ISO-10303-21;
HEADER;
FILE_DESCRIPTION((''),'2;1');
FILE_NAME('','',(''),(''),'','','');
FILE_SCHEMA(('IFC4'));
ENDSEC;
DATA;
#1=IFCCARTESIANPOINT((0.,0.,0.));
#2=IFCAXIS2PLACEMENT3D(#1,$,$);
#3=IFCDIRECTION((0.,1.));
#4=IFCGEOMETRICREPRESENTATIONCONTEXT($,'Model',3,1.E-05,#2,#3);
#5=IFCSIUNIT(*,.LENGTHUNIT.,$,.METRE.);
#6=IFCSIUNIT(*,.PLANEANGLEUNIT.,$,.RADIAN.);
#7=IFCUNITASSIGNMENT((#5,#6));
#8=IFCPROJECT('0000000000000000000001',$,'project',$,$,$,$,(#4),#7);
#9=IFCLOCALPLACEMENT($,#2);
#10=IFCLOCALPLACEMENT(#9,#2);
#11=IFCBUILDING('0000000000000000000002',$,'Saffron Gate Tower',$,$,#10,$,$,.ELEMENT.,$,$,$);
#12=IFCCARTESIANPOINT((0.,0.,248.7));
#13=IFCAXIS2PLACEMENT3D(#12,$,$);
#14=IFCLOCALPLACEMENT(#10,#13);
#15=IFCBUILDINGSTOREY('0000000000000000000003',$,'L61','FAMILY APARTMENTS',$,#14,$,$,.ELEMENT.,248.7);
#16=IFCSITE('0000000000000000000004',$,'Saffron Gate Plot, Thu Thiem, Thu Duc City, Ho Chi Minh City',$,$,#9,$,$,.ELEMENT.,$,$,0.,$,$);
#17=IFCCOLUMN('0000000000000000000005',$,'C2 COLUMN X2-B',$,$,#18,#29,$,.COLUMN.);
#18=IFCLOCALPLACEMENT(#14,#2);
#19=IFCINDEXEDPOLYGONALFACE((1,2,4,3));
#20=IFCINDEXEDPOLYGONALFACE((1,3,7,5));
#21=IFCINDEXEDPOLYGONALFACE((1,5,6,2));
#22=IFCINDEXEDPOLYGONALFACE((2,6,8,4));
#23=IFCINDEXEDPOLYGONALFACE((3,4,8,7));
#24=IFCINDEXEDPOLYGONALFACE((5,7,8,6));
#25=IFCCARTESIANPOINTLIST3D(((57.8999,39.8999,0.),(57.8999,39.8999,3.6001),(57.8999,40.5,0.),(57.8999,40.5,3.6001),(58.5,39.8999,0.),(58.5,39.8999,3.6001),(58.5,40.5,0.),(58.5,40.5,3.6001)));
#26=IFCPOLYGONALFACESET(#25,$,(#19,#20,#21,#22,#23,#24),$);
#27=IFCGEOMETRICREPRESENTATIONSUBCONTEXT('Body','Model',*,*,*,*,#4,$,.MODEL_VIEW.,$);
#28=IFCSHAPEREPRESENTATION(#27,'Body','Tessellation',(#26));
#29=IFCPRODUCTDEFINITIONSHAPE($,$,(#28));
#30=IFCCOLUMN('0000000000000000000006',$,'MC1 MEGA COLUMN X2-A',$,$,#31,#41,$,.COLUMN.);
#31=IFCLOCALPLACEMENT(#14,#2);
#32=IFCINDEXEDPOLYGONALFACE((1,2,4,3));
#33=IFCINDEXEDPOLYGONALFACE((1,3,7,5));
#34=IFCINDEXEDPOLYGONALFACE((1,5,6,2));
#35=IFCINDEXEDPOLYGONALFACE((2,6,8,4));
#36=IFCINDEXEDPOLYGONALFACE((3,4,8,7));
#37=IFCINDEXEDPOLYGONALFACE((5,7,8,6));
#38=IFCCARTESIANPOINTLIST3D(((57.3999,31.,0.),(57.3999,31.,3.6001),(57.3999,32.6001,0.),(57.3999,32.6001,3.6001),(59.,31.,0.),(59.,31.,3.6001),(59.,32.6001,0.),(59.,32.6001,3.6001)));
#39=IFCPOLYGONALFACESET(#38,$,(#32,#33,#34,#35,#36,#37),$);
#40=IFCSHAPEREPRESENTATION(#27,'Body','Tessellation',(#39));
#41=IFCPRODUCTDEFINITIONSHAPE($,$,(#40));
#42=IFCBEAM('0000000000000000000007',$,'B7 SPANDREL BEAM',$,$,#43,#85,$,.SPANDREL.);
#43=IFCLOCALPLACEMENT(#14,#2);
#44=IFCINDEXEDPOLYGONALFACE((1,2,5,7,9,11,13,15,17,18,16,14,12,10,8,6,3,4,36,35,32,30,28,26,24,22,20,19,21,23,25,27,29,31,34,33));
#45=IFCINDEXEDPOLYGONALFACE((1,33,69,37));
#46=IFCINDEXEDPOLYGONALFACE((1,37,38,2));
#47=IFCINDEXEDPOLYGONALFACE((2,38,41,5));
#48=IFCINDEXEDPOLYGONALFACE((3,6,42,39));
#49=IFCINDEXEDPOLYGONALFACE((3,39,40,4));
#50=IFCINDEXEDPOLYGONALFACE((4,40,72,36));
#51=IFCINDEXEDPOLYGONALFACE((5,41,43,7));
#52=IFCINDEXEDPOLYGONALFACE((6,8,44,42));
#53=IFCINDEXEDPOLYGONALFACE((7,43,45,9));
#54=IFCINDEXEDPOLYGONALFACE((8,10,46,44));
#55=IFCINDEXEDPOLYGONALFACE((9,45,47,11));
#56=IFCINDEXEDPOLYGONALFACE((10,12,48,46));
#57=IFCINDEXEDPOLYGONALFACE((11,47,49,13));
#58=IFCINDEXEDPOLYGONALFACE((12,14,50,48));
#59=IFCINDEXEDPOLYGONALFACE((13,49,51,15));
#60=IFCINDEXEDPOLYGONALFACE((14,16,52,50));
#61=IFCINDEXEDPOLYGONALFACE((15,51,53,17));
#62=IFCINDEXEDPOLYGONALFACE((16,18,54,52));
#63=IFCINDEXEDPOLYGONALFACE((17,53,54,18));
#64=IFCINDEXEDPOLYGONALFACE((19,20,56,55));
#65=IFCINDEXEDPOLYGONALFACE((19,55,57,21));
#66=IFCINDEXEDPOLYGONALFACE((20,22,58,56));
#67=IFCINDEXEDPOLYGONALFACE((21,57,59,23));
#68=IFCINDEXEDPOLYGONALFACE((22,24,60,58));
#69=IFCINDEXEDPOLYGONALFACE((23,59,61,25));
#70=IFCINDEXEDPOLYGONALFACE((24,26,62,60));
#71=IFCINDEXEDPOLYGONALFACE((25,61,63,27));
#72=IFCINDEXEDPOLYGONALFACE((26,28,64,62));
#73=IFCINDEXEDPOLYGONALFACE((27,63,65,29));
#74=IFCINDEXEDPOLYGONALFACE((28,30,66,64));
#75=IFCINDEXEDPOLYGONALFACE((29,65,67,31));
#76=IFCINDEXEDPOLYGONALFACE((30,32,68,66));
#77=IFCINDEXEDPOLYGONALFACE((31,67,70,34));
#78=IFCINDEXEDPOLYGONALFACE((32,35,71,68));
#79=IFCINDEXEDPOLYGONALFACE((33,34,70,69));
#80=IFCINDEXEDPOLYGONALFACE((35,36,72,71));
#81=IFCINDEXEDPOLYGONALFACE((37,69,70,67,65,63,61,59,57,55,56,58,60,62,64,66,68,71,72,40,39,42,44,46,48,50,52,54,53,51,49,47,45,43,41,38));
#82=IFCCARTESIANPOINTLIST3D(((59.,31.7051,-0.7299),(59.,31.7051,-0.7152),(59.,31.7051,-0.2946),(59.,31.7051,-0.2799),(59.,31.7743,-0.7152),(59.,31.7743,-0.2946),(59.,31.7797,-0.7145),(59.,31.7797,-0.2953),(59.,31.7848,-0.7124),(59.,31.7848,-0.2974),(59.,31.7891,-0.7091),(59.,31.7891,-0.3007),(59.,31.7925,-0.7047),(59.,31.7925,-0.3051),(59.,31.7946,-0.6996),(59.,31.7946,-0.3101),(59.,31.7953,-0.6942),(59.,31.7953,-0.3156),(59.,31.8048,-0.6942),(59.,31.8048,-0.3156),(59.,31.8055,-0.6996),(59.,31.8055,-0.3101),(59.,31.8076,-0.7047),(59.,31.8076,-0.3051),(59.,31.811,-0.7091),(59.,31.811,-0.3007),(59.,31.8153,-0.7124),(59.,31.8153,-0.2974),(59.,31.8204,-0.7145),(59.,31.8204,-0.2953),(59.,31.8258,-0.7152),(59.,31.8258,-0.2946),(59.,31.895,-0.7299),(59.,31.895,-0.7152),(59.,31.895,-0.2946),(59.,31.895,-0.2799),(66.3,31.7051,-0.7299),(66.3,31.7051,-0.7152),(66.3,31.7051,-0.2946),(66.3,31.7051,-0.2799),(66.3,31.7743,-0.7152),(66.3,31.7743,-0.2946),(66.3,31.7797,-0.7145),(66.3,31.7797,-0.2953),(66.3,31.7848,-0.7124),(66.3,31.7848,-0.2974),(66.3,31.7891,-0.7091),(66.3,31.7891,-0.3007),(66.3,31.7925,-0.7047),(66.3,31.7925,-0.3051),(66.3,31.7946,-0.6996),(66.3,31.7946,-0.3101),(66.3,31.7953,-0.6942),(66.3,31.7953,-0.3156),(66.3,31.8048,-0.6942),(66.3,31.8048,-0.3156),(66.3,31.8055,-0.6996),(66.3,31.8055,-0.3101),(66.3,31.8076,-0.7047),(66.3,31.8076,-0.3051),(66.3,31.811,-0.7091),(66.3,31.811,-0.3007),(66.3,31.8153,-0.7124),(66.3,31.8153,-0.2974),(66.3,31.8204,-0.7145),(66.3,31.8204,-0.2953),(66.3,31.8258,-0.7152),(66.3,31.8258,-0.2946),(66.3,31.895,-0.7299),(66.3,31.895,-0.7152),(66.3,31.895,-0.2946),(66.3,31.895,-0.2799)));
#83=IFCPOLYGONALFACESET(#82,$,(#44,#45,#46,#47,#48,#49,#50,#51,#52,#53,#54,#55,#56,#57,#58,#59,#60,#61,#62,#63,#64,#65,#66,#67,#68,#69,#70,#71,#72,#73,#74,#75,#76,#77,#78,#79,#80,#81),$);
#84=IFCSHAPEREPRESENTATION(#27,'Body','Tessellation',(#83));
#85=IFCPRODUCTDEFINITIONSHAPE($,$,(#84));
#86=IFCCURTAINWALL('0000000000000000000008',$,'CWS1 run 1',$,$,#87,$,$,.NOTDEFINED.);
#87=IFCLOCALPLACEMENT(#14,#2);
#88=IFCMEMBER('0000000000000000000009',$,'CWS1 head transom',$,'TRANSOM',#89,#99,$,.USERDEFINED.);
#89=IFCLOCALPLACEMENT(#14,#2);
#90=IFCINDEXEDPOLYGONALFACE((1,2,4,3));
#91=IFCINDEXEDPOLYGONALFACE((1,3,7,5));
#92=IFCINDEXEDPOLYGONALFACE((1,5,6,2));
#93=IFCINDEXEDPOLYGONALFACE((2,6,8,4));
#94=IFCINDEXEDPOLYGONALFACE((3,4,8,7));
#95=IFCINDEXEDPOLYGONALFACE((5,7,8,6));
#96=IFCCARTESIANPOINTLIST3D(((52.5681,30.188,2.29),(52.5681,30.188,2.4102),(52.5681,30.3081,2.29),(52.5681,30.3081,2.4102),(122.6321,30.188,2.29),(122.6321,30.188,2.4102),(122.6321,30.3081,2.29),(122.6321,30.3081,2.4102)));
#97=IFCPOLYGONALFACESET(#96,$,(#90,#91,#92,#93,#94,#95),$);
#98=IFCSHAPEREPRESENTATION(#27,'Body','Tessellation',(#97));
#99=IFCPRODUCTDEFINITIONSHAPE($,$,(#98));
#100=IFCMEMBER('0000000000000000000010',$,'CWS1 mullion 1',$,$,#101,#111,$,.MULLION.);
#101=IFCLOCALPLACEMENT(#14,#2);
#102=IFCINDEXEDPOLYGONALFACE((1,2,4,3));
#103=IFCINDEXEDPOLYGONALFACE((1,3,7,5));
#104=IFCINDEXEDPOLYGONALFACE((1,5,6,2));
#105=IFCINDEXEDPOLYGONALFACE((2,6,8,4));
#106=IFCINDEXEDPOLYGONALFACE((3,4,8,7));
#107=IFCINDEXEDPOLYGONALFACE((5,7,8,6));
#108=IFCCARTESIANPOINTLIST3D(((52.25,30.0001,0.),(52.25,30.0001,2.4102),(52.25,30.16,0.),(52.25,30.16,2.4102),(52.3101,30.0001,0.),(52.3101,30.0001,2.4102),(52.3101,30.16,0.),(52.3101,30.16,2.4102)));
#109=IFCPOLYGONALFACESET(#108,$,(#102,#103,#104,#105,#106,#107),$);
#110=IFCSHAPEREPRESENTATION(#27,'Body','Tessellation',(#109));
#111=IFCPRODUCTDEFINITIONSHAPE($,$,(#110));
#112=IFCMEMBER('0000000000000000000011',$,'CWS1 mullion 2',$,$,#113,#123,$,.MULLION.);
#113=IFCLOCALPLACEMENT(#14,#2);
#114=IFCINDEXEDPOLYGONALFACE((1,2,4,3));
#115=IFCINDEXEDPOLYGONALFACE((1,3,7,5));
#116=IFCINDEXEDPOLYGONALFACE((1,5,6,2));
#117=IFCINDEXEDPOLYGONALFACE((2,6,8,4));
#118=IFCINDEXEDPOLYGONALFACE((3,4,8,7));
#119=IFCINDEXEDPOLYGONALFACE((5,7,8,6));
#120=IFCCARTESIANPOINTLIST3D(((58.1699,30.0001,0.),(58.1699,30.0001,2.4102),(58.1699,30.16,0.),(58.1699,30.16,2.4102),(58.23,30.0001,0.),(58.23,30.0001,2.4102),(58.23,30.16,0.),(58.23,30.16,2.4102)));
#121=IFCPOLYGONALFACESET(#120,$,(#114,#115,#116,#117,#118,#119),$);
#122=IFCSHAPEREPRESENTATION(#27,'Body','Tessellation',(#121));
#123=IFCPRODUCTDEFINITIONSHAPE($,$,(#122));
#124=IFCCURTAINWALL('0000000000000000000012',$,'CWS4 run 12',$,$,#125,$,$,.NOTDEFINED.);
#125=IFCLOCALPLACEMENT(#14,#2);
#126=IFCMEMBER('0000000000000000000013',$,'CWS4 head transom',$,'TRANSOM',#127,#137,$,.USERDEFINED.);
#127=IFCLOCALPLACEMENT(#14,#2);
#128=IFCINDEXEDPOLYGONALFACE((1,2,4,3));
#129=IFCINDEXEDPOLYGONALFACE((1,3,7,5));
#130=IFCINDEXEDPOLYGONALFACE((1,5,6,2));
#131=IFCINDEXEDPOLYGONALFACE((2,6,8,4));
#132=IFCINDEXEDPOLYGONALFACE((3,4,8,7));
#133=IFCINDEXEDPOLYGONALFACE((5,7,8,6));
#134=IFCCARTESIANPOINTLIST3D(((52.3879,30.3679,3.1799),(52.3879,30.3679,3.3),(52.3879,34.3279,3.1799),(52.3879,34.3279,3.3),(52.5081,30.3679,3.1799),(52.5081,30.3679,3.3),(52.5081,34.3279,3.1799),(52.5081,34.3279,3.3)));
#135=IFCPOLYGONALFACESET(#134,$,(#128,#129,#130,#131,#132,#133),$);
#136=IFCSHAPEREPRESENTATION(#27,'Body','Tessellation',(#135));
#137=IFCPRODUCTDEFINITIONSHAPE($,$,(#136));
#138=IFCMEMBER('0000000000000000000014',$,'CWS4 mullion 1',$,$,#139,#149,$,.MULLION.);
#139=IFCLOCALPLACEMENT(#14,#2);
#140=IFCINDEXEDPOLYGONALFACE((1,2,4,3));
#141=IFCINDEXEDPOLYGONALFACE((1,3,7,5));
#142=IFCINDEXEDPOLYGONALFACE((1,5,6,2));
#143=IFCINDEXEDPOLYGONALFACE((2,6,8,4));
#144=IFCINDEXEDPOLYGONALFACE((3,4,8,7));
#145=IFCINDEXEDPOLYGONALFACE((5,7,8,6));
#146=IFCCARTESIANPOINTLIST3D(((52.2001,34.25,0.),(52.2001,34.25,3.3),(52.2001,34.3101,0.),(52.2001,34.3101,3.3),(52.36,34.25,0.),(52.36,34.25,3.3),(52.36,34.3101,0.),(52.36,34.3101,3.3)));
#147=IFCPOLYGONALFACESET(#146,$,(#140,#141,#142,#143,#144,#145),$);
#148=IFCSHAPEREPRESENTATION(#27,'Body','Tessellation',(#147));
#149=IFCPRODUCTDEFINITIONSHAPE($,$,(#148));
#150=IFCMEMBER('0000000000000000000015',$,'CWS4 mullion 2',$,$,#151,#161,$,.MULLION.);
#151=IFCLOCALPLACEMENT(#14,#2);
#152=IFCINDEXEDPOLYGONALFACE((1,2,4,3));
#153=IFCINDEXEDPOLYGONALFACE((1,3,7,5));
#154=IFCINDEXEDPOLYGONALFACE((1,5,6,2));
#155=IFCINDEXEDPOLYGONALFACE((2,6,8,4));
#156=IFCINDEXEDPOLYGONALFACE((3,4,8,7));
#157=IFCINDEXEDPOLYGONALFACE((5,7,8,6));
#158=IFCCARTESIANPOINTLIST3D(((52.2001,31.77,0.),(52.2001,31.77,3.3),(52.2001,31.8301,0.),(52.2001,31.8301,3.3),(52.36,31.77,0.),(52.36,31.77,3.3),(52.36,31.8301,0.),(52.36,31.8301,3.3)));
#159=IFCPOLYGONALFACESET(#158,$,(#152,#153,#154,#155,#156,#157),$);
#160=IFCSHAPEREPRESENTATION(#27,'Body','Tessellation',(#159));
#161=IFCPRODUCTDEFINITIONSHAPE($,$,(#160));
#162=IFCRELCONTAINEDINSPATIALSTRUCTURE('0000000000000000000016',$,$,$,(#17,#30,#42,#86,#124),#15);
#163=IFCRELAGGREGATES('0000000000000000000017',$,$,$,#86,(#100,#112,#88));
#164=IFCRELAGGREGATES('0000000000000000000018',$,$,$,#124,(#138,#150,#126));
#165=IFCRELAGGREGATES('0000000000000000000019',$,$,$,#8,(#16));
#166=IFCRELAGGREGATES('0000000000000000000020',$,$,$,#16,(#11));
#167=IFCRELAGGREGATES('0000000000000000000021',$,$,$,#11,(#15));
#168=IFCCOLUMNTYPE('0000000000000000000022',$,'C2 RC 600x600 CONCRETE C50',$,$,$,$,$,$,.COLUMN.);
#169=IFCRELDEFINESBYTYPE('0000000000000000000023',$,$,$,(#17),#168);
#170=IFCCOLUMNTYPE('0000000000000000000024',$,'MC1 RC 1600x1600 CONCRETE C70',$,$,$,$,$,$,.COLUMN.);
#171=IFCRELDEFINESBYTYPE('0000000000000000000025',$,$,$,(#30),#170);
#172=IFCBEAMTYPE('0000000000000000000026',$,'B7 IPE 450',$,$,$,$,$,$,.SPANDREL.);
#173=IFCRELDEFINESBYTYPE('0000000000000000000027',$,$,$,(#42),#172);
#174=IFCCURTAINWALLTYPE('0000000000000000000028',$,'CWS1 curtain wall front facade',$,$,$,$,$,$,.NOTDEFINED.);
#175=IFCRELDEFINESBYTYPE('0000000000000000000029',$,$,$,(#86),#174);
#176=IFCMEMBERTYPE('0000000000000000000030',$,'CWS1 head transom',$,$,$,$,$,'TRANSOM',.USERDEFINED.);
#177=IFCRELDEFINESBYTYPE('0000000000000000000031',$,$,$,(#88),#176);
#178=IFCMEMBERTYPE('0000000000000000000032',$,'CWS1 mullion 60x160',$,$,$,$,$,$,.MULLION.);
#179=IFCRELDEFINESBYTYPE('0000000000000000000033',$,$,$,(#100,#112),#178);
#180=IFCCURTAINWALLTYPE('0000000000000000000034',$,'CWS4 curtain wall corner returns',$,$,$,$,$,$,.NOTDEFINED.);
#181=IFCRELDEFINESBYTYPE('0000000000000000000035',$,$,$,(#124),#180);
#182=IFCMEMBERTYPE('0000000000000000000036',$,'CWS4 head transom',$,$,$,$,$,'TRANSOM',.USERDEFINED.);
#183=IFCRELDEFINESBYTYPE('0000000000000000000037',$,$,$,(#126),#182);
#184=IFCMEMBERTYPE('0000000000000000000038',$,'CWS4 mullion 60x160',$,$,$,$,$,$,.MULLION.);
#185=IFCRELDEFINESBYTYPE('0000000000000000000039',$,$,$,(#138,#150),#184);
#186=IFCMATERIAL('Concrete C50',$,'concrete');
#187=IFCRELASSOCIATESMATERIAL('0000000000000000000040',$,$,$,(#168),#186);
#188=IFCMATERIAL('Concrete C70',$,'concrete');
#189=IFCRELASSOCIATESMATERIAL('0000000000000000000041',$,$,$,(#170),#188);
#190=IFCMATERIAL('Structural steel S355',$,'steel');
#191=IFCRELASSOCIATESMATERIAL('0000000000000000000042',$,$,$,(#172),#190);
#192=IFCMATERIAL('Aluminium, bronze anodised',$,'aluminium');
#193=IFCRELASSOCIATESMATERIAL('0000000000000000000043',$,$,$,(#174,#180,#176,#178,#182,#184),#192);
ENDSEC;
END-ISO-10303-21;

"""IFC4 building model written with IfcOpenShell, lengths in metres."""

from ifc_helpers import new_model, si_unit, direction, frame, origin, origin_2d, place, context, subcontext, project, spatial, rectangle, i_section, extrude, material, material_profile, profile_set, type_object, element, aggregate, save


model = new_model("IFC4")

# Units and contexts
model_context = context("Model", 3, precision=1e-05, world=origin(), true_north=direction((0.0, 1.0)))
body_context = subcontext(model_context, "Body", "Model", "MODEL_VIEW")
ifc_project = project(units=[si_unit("LENGTHUNIT", "METRE"), si_unit("PLANEANGLEUNIT", "RADIAN")], contexts=[model_context])

# Site, building, storey
site_placement = place(None, origin())
site = spatial("IfcSite", under=ifc_project, at=site_placement, Name="Saffron Gate Plot, Thu Thiem, Thu Duc City, Ho Chi Minh City", CompositionType="ELEMENT", RefElevation=0.0)
building_placement = place(site_placement, origin())
building = spatial("IfcBuilding", under=site, at=building_placement, Name="Saffron Gate Tower", CompositionType="ELEMENT")
storey_placement = place(building_placement, frame((0.0, 0.0, 248.7)))
storey = spatial("IfcBuildingStorey", under=building, at=storey_placement, Name="L61", Description="FAMILY APARTMENTS", CompositionType="ELEMENT", Elevation=248.7)

# Columns
ifc_material_1 = material(Name="Concrete C50", Category="concrete")
ifc_material_profile_1 = material_profile(ifc_material_1, rectangle(XDim=0.6001, YDim=0.6001, at=origin_2d()))
ifc_profile_set_1 = profile_set([ifc_material_profile_1], Name="Concrete C50")
column_type_1 = type_object("IfcColumnType", Name="C2 RC 600x600 CONCRETE C50", PredefinedType="COLUMN", material=ifc_profile_set_1)
column_1_placement = place(storey_placement, frame((58.2, 40.2, 0.0), z_axis=(0.0, 0.0, 1.0), x_axis=(1.0, 0.0, 0.0)))
element("IfcColumn", 1, at=column_1_placement, inside=storey, type_object=column_type_1, Name="C2 COLUMN X2-B", PredefinedType="COLUMN", context=body_context, shape_type="SweptSolid", body=[
    extrude(rectangle(XDim=0.6001, YDim=0.6001, at=origin_2d()), origin(), (0.0, 0.0, 1.0), 3.6001),
])
ifc_material_2 = material(Name="Concrete C70", Category="concrete")
ifc_material_profile_2 = material_profile(ifc_material_2, rectangle(XDim=1.6001, YDim=1.6001, at=origin_2d()))
ifc_profile_set_2 = profile_set([ifc_material_profile_2], Name="Concrete C70")
column_type_2 = type_object("IfcColumnType", Name="MC1 RC 1600x1600 CONCRETE C70", PredefinedType="COLUMN", material=ifc_profile_set_2)
column_2_placement = place(storey_placement, frame((58.2, 31.8, 0.0), z_axis=(0.0, 0.0, 1.0), x_axis=(1.0, 0.0, 0.0)))
element("IfcColumn", 2, at=column_2_placement, inside=storey, type_object=column_type_2, Name="MC1 MEGA COLUMN X2-A", PredefinedType="COLUMN", context=body_context, shape_type="SweptSolid", body=[
    extrude(rectangle(XDim=1.6001, YDim=1.6001, at=origin_2d()), origin(), (0.0, 0.0, 1.0), 3.6001),
])

# Beam
ifc_material_3 = material(Name="Structural steel S355", Category="steel")
ifc_material_profile_3 = material_profile(ifc_material_3, i_section(OverallWidth=0.1899, OverallDepth=0.45, WebThickness=0.0095, FlangeThickness=0.0146, FilletRadius=0.021, at=origin_2d()))
ifc_profile_set_3 = profile_set([ifc_material_profile_3], Name="Structural steel S355")
beam_type = type_object("IfcBeamType", Name="B7 IPE 450", PredefinedType="SPANDREL", material=ifc_profile_set_3)
beam_placement = place(storey_placement, frame((59.0, 31.8, -0.5049), z_axis=(1.0, 0.0, 0.0), x_axis=(0.0, 1.0, 0.0)))
element("IfcBeam", 3, at=beam_placement, inside=storey, type_object=beam_type, Name="B7 SPANDREL BEAM", PredefinedType="SPANDREL", context=body_context, shape_type="SweptSolid", body=[
    extrude(i_section(OverallWidth=0.1899, OverallDepth=0.45, WebThickness=0.0095, FlangeThickness=0.0146, FilletRadius=0.021, at=origin_2d()), origin(), (0.0, 0.0, 1.0), 7.3),
])

# Curtain walls, members
ifc_material_4 = material(Name="Aluminium, bronze anodised", Category="aluminium")
curtain_wall_type_1 = type_object("IfcCurtainWallType", Name="CWS1 curtain wall front facade", PredefinedType="NOTDEFINED", material=ifc_material_4)
curtain_wall_1_placement = place(storey_placement, origin())
curtain_wall_1 = element("IfcCurtainWall", 4, at=curtain_wall_1_placement, inside=storey, type_object=curtain_wall_type_1, Name="CWS1 run 1", PredefinedType="NOTDEFINED")
ifc_material_profile_4 = material_profile(ifc_material_4, rectangle(XDim=0.1201, YDim=0.1201, at=origin_2d()))
ifc_profile_set_4 = profile_set([ifc_material_profile_4], Name="Aluminium, bronze anodised")
member_type_1 = type_object("IfcMemberType", Name="CWS1 head transom", ElementType="TRANSOM", PredefinedType="USERDEFINED", material=ifc_profile_set_4)
member_1_placement = place(storey_placement, frame((52.5681, 30.248, 2.3501), z_axis=(1.0, 0.0, 0.0), x_axis=(0.0, 1.0, 0.0)))
member_1 = element("IfcMember", 5, at=member_1_placement, type_object=member_type_1, Name="CWS1 head transom", ObjectType="TRANSOM", PredefinedType="USERDEFINED", context=body_context, shape_type="SweptSolid", body=[
    extrude(rectangle(XDim=0.1201, YDim=0.1201, at=origin_2d()), origin(), (0.0, 0.0, 1.0), 70.064),
])
ifc_material_profile_5 = material_profile(ifc_material_4, rectangle(XDim=0.1599, YDim=0.0601, at=origin_2d()))
ifc_profile_set_5 = profile_set([ifc_material_profile_5], Name="Aluminium, bronze anodised")
member_type_2 = type_object("IfcMemberType", Name="CWS1 mullion 60x160", PredefinedType="MULLION", material=ifc_profile_set_5)
member_2_placement = place(storey_placement, frame((52.28, 30.0801, 0.0), z_axis=(0.0, 0.0, 1.0), x_axis=(0.0, 1.0, 0.0)))
member_2 = element("IfcMember", 6, at=member_2_placement, type_object=member_type_2, Name="CWS1 mullion 1", PredefinedType="MULLION", context=body_context, shape_type="SweptSolid", body=[
    extrude(rectangle(XDim=0.1599, YDim=0.0601, at=origin_2d()), origin(), (0.0, 0.0, 1.0), 2.4102),
])
member_3_placement = place(storey_placement, frame((58.2, 30.0801, 0.0), z_axis=(0.0, 0.0, 1.0), x_axis=(0.0, 1.0, 0.0)))
member_3 = element("IfcMember", 7, at=member_3_placement, type_object=member_type_2, Name="CWS1 mullion 2", PredefinedType="MULLION", context=body_context, shape_type="SweptSolid", body=[
    extrude(rectangle(XDim=0.1599, YDim=0.0601, at=origin_2d()), origin(), (0.0, 0.0, 1.0), 2.4102),
])
curtain_wall_type_2 = type_object("IfcCurtainWallType", Name="CWS4 curtain wall corner returns", PredefinedType="NOTDEFINED", material=ifc_material_4)
curtain_wall_2_placement = place(storey_placement, origin())
curtain_wall_2 = element("IfcCurtainWall", 8, at=curtain_wall_2_placement, inside=storey, type_object=curtain_wall_type_2, Name="CWS4 run 12", PredefinedType="NOTDEFINED")
ifc_material_profile_6 = material_profile(ifc_material_4, rectangle(XDim=0.1201, YDim=0.1201, at=origin_2d()))
ifc_profile_set_6 = profile_set([ifc_material_profile_6], Name="Aluminium, bronze anodised")
member_type_3 = type_object("IfcMemberType", Name="CWS4 head transom", ElementType="TRANSOM", PredefinedType="USERDEFINED", material=ifc_profile_set_6)
member_4_placement = place(storey_placement, frame((52.448, 34.3279, 3.24), z_axis=(0.0, -1.0, 0.0), x_axis=(1.0, 0.0, 0.0)))
member_4 = element("IfcMember", 9, at=member_4_placement, type_object=member_type_3, Name="CWS4 head transom", ObjectType="TRANSOM", PredefinedType="USERDEFINED", context=body_context, shape_type="SweptSolid", body=[
    extrude(rectangle(XDim=0.1201, YDim=0.1201, at=origin_2d()), origin(), (0.0, 0.0, 1.0), 3.96),
])
ifc_material_profile_7 = material_profile(ifc_material_4, rectangle(XDim=0.1599, YDim=0.0601, at=origin_2d()))
ifc_profile_set_7 = profile_set([ifc_material_profile_7], Name="Aluminium, bronze anodised")
member_type_4 = type_object("IfcMemberType", Name="CWS4 mullion 60x160", PredefinedType="MULLION", material=ifc_profile_set_7)
member_5_placement = place(storey_placement, frame((52.28, 34.28, 0.0), z_axis=(0.0, 0.0, 1.0), x_axis=(1.0, 0.0, 0.0)))
member_5 = element("IfcMember", 10, at=member_5_placement, type_object=member_type_4, Name="CWS4 mullion 1", PredefinedType="MULLION", context=body_context, shape_type="SweptSolid", body=[
    extrude(rectangle(XDim=0.1599, YDim=0.0601, at=origin_2d()), origin(), (0.0, 0.0, 1.0), 3.3),
])
member_6_placement = place(storey_placement, frame((52.28, 31.8, 0.0), z_axis=(0.0, 0.0, 1.0), x_axis=(1.0, 0.0, 0.0)))
member_6 = element("IfcMember", 11, at=member_6_placement, type_object=member_type_4, Name="CWS4 mullion 2", PredefinedType="MULLION", context=body_context, shape_type="SweptSolid", body=[
    extrude(rectangle(XDim=0.1599, YDim=0.0601, at=origin_2d()), origin(), (0.0, 0.0, 1.0), 3.3),
])

aggregate(curtain_wall_1, [member_2, member_3, member_1])

aggregate(curtain_wall_2, [member_5, member_6, member_4])

save(model, "model.ifc")
